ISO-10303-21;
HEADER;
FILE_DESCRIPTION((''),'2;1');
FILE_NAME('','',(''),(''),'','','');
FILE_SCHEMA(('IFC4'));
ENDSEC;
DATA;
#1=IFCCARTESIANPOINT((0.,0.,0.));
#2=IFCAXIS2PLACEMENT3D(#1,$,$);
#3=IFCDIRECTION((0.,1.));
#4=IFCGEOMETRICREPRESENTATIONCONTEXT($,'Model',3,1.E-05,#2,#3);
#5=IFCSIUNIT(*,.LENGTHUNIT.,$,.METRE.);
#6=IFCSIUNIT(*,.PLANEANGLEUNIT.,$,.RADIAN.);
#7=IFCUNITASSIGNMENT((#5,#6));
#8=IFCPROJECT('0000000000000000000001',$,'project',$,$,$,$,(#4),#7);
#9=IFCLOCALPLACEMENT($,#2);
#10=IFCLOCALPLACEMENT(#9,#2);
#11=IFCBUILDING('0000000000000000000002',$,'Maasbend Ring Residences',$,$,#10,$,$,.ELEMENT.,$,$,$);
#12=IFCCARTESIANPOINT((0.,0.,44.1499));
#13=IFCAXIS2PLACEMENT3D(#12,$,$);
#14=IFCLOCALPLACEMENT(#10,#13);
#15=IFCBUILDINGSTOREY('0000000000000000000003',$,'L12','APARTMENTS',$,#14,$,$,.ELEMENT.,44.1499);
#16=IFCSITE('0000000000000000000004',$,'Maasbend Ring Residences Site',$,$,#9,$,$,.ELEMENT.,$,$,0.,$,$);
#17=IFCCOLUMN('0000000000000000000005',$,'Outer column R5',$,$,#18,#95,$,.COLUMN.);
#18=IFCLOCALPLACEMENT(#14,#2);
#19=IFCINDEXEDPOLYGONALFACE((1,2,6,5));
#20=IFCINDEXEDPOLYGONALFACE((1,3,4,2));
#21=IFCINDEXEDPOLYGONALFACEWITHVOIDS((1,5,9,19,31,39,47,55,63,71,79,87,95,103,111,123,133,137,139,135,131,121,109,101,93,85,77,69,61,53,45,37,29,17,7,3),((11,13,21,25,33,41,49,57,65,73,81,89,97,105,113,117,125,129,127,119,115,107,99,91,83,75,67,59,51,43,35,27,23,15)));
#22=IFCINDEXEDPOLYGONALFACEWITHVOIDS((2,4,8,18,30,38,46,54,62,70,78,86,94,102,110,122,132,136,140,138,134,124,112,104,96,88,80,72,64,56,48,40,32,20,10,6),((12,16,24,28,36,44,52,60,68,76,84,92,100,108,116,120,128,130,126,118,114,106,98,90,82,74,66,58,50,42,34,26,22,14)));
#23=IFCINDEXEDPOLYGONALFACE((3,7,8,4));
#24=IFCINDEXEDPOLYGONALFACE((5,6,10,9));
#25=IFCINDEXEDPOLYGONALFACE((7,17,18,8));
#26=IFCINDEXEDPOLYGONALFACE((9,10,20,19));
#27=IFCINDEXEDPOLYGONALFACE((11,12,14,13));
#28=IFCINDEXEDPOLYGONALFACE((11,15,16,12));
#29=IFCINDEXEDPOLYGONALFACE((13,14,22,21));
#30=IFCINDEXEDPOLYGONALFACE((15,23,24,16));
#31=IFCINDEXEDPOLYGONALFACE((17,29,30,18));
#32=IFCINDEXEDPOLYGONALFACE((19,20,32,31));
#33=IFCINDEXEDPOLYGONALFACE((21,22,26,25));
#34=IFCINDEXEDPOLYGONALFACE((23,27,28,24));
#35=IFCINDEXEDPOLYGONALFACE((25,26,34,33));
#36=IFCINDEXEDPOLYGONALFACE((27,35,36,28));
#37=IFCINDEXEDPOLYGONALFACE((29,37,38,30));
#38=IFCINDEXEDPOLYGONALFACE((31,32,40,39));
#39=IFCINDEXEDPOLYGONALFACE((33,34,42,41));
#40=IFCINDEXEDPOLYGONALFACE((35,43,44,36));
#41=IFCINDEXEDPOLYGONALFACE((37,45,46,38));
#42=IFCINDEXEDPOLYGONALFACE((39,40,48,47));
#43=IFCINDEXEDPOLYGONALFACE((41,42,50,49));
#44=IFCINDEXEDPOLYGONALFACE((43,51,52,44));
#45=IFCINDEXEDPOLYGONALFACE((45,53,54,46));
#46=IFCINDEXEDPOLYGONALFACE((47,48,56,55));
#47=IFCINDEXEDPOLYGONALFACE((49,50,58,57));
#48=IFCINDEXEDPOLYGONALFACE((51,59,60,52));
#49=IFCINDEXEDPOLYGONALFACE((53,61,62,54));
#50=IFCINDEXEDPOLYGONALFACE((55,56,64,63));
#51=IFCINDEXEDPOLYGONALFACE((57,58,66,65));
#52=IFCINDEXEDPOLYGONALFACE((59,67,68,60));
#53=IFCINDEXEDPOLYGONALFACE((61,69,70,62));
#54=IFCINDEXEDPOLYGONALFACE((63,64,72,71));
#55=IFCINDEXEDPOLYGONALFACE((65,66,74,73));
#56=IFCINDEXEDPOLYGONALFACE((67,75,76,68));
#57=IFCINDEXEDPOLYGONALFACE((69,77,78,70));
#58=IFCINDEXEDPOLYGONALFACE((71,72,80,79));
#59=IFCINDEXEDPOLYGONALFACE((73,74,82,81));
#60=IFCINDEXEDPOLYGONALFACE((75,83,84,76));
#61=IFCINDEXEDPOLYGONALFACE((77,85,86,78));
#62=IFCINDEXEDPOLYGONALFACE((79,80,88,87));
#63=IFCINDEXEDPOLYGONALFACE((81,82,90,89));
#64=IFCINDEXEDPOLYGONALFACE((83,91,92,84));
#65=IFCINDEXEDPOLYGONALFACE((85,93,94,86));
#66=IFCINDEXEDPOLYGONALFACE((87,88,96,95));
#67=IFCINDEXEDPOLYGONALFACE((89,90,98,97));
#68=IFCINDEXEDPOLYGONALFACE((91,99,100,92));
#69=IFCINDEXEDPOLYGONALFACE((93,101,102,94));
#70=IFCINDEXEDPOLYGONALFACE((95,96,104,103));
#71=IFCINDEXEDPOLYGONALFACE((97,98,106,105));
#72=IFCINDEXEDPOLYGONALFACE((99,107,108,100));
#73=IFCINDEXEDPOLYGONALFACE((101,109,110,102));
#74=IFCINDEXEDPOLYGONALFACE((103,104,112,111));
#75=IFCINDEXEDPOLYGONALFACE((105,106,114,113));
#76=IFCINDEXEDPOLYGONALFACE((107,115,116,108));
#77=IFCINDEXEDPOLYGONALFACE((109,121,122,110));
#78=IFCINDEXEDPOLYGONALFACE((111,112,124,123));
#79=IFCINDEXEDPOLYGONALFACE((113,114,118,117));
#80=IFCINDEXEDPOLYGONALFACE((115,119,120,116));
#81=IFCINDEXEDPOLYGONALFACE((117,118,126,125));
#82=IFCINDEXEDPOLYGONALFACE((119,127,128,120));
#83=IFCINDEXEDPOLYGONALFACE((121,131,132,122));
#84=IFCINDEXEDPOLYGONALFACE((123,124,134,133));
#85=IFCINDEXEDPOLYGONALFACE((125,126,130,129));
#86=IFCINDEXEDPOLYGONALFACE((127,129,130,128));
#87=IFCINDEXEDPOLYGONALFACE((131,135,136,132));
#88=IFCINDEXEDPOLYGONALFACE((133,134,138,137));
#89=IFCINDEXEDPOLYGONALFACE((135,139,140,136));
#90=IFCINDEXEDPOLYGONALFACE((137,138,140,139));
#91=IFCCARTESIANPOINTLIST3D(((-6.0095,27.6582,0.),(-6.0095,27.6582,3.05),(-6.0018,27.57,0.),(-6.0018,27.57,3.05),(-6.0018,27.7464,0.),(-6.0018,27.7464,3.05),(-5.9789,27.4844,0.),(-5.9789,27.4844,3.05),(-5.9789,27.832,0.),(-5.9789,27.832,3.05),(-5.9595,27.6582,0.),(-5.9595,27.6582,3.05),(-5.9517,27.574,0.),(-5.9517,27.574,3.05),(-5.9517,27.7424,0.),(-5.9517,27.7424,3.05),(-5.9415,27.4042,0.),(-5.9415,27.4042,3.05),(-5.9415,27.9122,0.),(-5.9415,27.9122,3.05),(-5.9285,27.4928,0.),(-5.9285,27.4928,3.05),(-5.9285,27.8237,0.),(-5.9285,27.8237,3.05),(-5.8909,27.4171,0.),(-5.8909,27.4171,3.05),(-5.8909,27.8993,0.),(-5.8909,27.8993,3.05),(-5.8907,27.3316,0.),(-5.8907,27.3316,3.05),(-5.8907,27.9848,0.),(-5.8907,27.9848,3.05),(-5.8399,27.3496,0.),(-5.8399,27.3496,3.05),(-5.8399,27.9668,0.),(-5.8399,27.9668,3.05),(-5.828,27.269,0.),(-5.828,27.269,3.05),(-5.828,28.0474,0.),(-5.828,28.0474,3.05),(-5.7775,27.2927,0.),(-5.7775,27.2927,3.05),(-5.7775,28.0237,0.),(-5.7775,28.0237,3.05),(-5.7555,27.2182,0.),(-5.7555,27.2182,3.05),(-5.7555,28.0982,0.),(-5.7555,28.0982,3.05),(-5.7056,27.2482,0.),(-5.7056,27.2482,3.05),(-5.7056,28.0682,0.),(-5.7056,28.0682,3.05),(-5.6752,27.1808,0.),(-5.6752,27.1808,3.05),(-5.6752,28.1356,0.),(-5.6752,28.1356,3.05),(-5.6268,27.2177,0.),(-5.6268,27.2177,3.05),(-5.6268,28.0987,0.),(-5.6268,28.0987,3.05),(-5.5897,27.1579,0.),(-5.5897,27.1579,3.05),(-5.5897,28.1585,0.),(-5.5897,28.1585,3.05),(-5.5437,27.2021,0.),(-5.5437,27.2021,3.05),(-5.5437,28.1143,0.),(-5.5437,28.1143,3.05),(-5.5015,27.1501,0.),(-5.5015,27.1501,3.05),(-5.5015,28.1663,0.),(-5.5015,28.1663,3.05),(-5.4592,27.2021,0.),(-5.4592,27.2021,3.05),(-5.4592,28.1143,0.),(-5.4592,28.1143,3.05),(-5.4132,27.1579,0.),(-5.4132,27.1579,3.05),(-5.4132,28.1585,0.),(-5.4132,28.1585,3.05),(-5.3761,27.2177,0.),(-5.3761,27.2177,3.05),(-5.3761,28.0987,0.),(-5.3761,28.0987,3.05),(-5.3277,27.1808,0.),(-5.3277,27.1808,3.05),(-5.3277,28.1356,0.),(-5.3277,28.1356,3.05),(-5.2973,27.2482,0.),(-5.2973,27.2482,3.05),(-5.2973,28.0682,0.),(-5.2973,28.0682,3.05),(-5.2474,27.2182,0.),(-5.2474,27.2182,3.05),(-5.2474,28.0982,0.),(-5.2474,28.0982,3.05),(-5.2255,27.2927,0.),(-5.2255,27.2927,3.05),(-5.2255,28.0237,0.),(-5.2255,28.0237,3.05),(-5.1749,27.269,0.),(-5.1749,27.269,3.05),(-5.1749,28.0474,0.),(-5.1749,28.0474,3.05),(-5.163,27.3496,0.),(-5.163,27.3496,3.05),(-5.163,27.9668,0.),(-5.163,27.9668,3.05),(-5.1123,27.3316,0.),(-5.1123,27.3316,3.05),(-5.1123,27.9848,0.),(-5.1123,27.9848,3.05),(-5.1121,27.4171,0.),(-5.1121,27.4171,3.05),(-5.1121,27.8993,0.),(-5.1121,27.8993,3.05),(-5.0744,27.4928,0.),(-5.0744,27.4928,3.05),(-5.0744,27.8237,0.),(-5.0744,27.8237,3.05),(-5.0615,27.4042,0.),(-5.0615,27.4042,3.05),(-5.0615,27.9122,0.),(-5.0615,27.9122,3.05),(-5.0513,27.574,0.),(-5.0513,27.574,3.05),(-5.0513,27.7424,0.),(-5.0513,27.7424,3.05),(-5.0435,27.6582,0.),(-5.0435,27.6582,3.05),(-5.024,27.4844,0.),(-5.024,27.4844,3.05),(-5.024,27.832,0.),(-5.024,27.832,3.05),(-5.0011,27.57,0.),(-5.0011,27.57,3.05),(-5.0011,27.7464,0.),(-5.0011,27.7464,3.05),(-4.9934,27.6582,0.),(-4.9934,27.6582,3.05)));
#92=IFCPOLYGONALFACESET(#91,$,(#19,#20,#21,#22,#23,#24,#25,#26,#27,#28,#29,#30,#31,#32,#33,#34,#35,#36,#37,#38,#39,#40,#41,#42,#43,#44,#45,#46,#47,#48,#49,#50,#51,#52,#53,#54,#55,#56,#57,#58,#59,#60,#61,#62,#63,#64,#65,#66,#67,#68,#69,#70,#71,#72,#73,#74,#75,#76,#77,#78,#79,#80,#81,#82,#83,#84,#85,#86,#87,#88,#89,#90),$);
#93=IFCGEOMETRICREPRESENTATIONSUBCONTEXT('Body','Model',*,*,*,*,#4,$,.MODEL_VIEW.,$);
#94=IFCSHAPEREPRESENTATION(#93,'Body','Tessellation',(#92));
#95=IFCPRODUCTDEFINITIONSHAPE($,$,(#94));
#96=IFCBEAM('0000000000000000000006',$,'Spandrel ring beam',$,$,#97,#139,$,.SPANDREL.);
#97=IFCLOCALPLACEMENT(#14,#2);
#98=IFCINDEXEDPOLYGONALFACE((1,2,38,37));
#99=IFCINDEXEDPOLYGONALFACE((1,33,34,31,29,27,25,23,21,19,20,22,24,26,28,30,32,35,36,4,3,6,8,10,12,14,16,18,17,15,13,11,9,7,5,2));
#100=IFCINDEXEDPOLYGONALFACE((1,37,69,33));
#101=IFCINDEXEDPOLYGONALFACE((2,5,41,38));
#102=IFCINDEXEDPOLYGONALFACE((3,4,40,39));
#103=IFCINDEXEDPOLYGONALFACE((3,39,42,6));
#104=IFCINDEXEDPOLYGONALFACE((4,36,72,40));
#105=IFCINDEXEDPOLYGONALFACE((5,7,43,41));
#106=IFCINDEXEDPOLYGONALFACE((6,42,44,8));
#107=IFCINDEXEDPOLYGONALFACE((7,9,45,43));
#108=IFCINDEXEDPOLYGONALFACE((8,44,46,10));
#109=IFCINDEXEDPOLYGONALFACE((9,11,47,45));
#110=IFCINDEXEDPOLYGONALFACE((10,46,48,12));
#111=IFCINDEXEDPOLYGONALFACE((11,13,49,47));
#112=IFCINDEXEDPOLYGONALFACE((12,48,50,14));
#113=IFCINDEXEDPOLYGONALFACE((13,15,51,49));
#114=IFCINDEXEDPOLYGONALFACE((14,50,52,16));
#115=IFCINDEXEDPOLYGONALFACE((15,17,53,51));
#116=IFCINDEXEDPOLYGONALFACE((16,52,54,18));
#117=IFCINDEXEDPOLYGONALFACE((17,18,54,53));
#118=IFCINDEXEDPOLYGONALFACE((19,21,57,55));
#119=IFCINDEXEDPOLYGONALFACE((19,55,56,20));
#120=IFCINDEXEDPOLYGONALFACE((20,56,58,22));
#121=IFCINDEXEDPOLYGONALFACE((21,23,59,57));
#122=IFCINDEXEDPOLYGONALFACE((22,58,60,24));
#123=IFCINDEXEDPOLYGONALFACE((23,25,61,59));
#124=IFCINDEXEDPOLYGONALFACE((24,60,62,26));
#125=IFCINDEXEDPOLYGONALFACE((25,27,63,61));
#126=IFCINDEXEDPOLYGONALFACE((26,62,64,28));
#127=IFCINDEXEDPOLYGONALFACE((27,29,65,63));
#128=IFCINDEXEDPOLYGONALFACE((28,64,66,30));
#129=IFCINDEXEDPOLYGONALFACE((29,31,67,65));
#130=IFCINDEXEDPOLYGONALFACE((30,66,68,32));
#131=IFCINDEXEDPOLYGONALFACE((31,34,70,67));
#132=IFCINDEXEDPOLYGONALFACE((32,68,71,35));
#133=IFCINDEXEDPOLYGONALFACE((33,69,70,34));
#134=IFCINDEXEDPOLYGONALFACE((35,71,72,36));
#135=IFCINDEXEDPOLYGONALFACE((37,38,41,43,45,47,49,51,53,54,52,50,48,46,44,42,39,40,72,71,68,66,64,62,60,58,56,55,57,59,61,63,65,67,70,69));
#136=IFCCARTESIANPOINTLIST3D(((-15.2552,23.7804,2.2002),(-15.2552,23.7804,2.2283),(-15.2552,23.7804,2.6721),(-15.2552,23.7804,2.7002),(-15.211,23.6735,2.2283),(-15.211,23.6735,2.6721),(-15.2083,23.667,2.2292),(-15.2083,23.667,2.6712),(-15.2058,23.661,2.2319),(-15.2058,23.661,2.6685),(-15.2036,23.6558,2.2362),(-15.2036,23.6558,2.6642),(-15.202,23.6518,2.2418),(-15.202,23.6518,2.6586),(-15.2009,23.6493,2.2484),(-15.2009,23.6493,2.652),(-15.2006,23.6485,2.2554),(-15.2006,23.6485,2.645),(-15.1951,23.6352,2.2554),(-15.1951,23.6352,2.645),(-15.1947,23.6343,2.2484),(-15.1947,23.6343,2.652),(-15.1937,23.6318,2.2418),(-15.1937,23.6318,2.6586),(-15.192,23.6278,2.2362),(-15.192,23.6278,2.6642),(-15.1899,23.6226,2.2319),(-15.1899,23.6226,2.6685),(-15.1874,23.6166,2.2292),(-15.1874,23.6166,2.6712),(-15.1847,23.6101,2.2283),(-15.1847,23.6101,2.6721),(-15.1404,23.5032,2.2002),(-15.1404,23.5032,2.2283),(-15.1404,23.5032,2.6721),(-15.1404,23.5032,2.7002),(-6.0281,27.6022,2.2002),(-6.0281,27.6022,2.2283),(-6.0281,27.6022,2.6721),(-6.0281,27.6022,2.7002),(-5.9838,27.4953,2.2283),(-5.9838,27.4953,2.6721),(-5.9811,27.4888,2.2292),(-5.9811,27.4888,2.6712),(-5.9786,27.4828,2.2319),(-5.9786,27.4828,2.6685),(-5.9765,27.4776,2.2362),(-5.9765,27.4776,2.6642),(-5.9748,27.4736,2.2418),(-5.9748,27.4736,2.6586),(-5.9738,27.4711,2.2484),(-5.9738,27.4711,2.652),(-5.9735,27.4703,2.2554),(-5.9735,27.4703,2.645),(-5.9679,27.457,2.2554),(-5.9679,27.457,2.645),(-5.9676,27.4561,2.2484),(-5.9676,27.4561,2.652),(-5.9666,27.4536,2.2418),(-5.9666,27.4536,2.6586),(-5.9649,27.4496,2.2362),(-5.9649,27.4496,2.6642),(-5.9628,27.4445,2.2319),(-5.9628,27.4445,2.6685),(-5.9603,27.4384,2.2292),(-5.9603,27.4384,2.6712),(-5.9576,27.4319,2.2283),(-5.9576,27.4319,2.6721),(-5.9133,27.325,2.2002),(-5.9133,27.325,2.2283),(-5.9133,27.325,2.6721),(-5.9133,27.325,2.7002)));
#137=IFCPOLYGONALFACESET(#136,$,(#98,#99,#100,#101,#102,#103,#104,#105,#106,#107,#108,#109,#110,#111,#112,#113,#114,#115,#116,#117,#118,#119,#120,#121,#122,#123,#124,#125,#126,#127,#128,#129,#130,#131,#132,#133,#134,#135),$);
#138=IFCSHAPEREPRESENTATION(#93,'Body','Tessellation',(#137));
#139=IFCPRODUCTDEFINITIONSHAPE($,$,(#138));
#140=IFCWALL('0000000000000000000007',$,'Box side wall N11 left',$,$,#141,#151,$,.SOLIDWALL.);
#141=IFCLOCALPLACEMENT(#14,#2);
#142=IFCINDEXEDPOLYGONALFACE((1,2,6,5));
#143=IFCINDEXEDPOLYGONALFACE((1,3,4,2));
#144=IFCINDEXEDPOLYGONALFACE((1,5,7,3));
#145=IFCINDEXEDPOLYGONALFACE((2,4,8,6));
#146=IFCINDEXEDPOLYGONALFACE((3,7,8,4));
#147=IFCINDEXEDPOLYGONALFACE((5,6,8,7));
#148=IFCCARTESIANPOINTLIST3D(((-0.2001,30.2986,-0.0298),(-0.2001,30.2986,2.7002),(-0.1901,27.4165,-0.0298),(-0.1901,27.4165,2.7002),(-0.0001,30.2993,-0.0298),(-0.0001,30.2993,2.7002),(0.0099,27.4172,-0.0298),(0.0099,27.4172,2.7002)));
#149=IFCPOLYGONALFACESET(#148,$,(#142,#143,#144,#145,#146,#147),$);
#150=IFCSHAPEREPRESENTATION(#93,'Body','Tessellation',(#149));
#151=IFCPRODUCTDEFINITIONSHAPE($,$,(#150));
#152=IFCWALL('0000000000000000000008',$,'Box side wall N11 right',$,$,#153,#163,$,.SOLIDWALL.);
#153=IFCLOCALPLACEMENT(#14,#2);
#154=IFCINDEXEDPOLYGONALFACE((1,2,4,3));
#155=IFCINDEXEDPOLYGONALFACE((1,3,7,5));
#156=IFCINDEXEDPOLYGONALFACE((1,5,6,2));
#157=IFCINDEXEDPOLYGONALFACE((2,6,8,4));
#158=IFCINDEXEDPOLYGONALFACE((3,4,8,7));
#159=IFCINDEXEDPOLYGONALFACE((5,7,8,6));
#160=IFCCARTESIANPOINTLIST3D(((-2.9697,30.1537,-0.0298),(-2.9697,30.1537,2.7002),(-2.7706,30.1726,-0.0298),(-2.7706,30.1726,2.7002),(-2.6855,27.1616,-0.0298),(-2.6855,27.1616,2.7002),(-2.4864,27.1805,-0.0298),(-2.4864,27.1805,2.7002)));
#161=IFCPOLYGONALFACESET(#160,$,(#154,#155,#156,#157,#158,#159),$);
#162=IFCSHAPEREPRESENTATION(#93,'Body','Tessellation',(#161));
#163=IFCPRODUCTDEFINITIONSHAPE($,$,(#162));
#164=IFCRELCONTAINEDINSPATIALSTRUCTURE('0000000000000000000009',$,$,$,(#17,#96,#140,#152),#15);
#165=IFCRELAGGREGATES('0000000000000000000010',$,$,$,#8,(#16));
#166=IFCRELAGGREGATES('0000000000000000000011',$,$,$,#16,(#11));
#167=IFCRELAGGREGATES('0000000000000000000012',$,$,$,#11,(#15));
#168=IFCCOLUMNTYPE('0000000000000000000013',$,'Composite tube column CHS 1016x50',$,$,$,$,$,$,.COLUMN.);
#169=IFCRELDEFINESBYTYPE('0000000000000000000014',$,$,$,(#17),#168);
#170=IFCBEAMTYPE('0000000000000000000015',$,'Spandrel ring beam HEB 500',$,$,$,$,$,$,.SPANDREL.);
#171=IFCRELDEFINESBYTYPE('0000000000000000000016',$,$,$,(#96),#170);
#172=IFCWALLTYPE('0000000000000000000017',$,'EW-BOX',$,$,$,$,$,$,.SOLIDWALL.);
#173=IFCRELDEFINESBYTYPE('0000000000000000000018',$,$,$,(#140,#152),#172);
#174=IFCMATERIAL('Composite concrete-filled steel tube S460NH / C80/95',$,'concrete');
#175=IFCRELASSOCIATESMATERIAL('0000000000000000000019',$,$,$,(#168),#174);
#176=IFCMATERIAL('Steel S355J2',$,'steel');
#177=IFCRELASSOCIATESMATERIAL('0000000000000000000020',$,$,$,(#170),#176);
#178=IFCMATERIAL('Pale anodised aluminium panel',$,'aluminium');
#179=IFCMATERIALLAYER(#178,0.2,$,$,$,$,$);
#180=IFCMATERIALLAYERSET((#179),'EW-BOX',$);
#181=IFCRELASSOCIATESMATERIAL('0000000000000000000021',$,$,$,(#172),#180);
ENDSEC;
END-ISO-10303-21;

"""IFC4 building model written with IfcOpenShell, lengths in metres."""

from ifc_helpers import new_model, si_unit, direction, frame, frame_2d, origin, origin_2d, place, context, subcontext, project, spatial, rectangle, hollow_circle, i_section, extrude, material, layer, layer_set, material_profile, profile_set, type_object, element, save


model = new_model("IFC4")

# Units and contexts
model_context = context("Model", 3, precision=1e-05, world=origin(), true_north=direction((0.0, 1.0)))
body_context = subcontext(model_context, "Body", "Model", "MODEL_VIEW")
ifc_project = project(units=[si_unit("LENGTHUNIT", "METRE"), si_unit("PLANEANGLEUNIT", "RADIAN")], contexts=[model_context])

# Site, building, storey
site_placement = place(None, origin())
site = spatial("IfcSite", under=ifc_project, at=site_placement, Name="Maasbend Ring Residences Site", CompositionType="ELEMENT", RefElevation=0.0)
building_placement = place(site_placement, origin())
building = spatial("IfcBuilding", under=site, at=building_placement, Name="Maasbend Ring Residences", CompositionType="ELEMENT")
storey_placement = place(building_placement, frame((0.0, 0.0, 44.1499)))
storey = spatial("IfcBuildingStorey", under=building, at=storey_placement, Name="L12", Description="APARTMENTS", CompositionType="ELEMENT", Elevation=44.1499)

# Column
ifc_material_1 = material(Name="Composite concrete-filled steel tube S460NH / C80/95", Category="concrete")
ifc_material_profile_1 = material_profile(ifc_material_1, hollow_circle(Radius=0.5081, WallThickness=0.05, at=origin_2d()), Name="Composite tube column CHS 1016x50")
ifc_profile_set_1 = profile_set([ifc_material_profile_1], Name="Composite concrete-filled steel tube S460NH / C80/95")
column_type = type_object("IfcColumnType", Name="Composite tube column CHS 1016x50", PredefinedType="COLUMN", material=ifc_profile_set_1)
column_placement = place(storey_placement, frame((-5.5015, 27.6582, 0.0), z_axis=(0.0, 0.0, 1.0), x_axis=(1.0, 0.0, 0.0)))
element("IfcColumn", 1, at=column_placement, inside=storey, type_object=column_type, Name="Outer column R5", PredefinedType="COLUMN", context=body_context, shape_type="SweptSolid", body=[
    extrude(hollow_circle(Radius=0.5081, WallThickness=0.05, at=origin_2d()), origin(), (0.0, 0.0, 1.0), 3.05),
])

# Beam
ifc_material_2 = material(Name="Steel S355J2", Category="steel")
ifc_material_profile_2 = material_profile(ifc_material_2, i_section(OverallWidth=0.3, OverallDepth=0.5, WebThickness=0.0144, FlangeThickness=0.0281, FilletRadius=0.0271, at=origin_2d()), Name="HEB 500")
ifc_profile_set_2 = profile_set([ifc_material_profile_2], Name="Steel S355J2")
beam_type = type_object("IfcBeamType", Name="Spandrel ring beam HEB 500", PredefinedType="SPANDREL", material=ifc_profile_set_2)
beam_placement = place(storey_placement, frame((-5.9707, 27.4636, 2.4502), z_axis=(-0.923886, -0.382667, 0.0), x_axis=(0.382667, -0.923886, 0.0)))
element("IfcBeam", 2, at=beam_placement, inside=storey, type_object=beam_type, Name="Spandrel ring beam", PredefinedType="SPANDREL", context=body_context, shape_type="SweptSolid", body=[
    extrude(i_section(OverallWidth=0.3, OverallDepth=0.5, WebThickness=0.0144, FlangeThickness=0.0281, FilletRadius=0.0271, at=origin_2d()), origin(), (0.0, 0.0, 1.0), 9.9873),
])

# Walls
ifc_material_3 = material(Name="Pale anodised aluminium panel", Category="aluminium")
ifc_layer_1 = layer(ifc_material_3, 0.2)
ifc_layer_set_1 = layer_set([ifc_layer_1], Name="EW-BOX")
wall_type_1 = type_object("IfcWallType", Name="EW-BOX", PredefinedType="SOLIDWALL", material=ifc_layer_set_1)
wall_1_placement = place(storey_placement, frame((-0.0901, 27.417, -0.0298), z_axis=(0.0, 0.0, 1.0), x_axis=(-0.003473, 0.999994, 0.0)))
element("IfcWall", 3, at=wall_1_placement, inside=storey, type_object=wall_type_1, Name="Box side wall N11 left", PredefinedType="SOLIDWALL", context=body_context, shape_type="SweptSolid", body=[
    extrude(rectangle(XDim=2.8821, YDim=0.2, at=frame_2d((1.4409, 0.0))), origin(), (0.0, 0.0, 1.0), 2.73),
])
wall_2_placement = place(storey_placement, frame((-2.5859, 27.1709, -0.0298), z_axis=(0.0, 0.0, 1.0), x_axis=(-0.094548, 0.99552, 0.0)))
element("IfcWall", 4, at=wall_2_placement, inside=storey, type_object=wall_type_1, Name="Box side wall N11 right", PredefinedType="SOLIDWALL", context=body_context, shape_type="SweptSolid", body=[
    extrude(rectangle(XDim=3.0056, YDim=0.2, at=frame_2d((1.5029, 0.0))), origin(), (0.0, 0.0, 1.0), 2.73),
])

save(model, "model.ifc")
